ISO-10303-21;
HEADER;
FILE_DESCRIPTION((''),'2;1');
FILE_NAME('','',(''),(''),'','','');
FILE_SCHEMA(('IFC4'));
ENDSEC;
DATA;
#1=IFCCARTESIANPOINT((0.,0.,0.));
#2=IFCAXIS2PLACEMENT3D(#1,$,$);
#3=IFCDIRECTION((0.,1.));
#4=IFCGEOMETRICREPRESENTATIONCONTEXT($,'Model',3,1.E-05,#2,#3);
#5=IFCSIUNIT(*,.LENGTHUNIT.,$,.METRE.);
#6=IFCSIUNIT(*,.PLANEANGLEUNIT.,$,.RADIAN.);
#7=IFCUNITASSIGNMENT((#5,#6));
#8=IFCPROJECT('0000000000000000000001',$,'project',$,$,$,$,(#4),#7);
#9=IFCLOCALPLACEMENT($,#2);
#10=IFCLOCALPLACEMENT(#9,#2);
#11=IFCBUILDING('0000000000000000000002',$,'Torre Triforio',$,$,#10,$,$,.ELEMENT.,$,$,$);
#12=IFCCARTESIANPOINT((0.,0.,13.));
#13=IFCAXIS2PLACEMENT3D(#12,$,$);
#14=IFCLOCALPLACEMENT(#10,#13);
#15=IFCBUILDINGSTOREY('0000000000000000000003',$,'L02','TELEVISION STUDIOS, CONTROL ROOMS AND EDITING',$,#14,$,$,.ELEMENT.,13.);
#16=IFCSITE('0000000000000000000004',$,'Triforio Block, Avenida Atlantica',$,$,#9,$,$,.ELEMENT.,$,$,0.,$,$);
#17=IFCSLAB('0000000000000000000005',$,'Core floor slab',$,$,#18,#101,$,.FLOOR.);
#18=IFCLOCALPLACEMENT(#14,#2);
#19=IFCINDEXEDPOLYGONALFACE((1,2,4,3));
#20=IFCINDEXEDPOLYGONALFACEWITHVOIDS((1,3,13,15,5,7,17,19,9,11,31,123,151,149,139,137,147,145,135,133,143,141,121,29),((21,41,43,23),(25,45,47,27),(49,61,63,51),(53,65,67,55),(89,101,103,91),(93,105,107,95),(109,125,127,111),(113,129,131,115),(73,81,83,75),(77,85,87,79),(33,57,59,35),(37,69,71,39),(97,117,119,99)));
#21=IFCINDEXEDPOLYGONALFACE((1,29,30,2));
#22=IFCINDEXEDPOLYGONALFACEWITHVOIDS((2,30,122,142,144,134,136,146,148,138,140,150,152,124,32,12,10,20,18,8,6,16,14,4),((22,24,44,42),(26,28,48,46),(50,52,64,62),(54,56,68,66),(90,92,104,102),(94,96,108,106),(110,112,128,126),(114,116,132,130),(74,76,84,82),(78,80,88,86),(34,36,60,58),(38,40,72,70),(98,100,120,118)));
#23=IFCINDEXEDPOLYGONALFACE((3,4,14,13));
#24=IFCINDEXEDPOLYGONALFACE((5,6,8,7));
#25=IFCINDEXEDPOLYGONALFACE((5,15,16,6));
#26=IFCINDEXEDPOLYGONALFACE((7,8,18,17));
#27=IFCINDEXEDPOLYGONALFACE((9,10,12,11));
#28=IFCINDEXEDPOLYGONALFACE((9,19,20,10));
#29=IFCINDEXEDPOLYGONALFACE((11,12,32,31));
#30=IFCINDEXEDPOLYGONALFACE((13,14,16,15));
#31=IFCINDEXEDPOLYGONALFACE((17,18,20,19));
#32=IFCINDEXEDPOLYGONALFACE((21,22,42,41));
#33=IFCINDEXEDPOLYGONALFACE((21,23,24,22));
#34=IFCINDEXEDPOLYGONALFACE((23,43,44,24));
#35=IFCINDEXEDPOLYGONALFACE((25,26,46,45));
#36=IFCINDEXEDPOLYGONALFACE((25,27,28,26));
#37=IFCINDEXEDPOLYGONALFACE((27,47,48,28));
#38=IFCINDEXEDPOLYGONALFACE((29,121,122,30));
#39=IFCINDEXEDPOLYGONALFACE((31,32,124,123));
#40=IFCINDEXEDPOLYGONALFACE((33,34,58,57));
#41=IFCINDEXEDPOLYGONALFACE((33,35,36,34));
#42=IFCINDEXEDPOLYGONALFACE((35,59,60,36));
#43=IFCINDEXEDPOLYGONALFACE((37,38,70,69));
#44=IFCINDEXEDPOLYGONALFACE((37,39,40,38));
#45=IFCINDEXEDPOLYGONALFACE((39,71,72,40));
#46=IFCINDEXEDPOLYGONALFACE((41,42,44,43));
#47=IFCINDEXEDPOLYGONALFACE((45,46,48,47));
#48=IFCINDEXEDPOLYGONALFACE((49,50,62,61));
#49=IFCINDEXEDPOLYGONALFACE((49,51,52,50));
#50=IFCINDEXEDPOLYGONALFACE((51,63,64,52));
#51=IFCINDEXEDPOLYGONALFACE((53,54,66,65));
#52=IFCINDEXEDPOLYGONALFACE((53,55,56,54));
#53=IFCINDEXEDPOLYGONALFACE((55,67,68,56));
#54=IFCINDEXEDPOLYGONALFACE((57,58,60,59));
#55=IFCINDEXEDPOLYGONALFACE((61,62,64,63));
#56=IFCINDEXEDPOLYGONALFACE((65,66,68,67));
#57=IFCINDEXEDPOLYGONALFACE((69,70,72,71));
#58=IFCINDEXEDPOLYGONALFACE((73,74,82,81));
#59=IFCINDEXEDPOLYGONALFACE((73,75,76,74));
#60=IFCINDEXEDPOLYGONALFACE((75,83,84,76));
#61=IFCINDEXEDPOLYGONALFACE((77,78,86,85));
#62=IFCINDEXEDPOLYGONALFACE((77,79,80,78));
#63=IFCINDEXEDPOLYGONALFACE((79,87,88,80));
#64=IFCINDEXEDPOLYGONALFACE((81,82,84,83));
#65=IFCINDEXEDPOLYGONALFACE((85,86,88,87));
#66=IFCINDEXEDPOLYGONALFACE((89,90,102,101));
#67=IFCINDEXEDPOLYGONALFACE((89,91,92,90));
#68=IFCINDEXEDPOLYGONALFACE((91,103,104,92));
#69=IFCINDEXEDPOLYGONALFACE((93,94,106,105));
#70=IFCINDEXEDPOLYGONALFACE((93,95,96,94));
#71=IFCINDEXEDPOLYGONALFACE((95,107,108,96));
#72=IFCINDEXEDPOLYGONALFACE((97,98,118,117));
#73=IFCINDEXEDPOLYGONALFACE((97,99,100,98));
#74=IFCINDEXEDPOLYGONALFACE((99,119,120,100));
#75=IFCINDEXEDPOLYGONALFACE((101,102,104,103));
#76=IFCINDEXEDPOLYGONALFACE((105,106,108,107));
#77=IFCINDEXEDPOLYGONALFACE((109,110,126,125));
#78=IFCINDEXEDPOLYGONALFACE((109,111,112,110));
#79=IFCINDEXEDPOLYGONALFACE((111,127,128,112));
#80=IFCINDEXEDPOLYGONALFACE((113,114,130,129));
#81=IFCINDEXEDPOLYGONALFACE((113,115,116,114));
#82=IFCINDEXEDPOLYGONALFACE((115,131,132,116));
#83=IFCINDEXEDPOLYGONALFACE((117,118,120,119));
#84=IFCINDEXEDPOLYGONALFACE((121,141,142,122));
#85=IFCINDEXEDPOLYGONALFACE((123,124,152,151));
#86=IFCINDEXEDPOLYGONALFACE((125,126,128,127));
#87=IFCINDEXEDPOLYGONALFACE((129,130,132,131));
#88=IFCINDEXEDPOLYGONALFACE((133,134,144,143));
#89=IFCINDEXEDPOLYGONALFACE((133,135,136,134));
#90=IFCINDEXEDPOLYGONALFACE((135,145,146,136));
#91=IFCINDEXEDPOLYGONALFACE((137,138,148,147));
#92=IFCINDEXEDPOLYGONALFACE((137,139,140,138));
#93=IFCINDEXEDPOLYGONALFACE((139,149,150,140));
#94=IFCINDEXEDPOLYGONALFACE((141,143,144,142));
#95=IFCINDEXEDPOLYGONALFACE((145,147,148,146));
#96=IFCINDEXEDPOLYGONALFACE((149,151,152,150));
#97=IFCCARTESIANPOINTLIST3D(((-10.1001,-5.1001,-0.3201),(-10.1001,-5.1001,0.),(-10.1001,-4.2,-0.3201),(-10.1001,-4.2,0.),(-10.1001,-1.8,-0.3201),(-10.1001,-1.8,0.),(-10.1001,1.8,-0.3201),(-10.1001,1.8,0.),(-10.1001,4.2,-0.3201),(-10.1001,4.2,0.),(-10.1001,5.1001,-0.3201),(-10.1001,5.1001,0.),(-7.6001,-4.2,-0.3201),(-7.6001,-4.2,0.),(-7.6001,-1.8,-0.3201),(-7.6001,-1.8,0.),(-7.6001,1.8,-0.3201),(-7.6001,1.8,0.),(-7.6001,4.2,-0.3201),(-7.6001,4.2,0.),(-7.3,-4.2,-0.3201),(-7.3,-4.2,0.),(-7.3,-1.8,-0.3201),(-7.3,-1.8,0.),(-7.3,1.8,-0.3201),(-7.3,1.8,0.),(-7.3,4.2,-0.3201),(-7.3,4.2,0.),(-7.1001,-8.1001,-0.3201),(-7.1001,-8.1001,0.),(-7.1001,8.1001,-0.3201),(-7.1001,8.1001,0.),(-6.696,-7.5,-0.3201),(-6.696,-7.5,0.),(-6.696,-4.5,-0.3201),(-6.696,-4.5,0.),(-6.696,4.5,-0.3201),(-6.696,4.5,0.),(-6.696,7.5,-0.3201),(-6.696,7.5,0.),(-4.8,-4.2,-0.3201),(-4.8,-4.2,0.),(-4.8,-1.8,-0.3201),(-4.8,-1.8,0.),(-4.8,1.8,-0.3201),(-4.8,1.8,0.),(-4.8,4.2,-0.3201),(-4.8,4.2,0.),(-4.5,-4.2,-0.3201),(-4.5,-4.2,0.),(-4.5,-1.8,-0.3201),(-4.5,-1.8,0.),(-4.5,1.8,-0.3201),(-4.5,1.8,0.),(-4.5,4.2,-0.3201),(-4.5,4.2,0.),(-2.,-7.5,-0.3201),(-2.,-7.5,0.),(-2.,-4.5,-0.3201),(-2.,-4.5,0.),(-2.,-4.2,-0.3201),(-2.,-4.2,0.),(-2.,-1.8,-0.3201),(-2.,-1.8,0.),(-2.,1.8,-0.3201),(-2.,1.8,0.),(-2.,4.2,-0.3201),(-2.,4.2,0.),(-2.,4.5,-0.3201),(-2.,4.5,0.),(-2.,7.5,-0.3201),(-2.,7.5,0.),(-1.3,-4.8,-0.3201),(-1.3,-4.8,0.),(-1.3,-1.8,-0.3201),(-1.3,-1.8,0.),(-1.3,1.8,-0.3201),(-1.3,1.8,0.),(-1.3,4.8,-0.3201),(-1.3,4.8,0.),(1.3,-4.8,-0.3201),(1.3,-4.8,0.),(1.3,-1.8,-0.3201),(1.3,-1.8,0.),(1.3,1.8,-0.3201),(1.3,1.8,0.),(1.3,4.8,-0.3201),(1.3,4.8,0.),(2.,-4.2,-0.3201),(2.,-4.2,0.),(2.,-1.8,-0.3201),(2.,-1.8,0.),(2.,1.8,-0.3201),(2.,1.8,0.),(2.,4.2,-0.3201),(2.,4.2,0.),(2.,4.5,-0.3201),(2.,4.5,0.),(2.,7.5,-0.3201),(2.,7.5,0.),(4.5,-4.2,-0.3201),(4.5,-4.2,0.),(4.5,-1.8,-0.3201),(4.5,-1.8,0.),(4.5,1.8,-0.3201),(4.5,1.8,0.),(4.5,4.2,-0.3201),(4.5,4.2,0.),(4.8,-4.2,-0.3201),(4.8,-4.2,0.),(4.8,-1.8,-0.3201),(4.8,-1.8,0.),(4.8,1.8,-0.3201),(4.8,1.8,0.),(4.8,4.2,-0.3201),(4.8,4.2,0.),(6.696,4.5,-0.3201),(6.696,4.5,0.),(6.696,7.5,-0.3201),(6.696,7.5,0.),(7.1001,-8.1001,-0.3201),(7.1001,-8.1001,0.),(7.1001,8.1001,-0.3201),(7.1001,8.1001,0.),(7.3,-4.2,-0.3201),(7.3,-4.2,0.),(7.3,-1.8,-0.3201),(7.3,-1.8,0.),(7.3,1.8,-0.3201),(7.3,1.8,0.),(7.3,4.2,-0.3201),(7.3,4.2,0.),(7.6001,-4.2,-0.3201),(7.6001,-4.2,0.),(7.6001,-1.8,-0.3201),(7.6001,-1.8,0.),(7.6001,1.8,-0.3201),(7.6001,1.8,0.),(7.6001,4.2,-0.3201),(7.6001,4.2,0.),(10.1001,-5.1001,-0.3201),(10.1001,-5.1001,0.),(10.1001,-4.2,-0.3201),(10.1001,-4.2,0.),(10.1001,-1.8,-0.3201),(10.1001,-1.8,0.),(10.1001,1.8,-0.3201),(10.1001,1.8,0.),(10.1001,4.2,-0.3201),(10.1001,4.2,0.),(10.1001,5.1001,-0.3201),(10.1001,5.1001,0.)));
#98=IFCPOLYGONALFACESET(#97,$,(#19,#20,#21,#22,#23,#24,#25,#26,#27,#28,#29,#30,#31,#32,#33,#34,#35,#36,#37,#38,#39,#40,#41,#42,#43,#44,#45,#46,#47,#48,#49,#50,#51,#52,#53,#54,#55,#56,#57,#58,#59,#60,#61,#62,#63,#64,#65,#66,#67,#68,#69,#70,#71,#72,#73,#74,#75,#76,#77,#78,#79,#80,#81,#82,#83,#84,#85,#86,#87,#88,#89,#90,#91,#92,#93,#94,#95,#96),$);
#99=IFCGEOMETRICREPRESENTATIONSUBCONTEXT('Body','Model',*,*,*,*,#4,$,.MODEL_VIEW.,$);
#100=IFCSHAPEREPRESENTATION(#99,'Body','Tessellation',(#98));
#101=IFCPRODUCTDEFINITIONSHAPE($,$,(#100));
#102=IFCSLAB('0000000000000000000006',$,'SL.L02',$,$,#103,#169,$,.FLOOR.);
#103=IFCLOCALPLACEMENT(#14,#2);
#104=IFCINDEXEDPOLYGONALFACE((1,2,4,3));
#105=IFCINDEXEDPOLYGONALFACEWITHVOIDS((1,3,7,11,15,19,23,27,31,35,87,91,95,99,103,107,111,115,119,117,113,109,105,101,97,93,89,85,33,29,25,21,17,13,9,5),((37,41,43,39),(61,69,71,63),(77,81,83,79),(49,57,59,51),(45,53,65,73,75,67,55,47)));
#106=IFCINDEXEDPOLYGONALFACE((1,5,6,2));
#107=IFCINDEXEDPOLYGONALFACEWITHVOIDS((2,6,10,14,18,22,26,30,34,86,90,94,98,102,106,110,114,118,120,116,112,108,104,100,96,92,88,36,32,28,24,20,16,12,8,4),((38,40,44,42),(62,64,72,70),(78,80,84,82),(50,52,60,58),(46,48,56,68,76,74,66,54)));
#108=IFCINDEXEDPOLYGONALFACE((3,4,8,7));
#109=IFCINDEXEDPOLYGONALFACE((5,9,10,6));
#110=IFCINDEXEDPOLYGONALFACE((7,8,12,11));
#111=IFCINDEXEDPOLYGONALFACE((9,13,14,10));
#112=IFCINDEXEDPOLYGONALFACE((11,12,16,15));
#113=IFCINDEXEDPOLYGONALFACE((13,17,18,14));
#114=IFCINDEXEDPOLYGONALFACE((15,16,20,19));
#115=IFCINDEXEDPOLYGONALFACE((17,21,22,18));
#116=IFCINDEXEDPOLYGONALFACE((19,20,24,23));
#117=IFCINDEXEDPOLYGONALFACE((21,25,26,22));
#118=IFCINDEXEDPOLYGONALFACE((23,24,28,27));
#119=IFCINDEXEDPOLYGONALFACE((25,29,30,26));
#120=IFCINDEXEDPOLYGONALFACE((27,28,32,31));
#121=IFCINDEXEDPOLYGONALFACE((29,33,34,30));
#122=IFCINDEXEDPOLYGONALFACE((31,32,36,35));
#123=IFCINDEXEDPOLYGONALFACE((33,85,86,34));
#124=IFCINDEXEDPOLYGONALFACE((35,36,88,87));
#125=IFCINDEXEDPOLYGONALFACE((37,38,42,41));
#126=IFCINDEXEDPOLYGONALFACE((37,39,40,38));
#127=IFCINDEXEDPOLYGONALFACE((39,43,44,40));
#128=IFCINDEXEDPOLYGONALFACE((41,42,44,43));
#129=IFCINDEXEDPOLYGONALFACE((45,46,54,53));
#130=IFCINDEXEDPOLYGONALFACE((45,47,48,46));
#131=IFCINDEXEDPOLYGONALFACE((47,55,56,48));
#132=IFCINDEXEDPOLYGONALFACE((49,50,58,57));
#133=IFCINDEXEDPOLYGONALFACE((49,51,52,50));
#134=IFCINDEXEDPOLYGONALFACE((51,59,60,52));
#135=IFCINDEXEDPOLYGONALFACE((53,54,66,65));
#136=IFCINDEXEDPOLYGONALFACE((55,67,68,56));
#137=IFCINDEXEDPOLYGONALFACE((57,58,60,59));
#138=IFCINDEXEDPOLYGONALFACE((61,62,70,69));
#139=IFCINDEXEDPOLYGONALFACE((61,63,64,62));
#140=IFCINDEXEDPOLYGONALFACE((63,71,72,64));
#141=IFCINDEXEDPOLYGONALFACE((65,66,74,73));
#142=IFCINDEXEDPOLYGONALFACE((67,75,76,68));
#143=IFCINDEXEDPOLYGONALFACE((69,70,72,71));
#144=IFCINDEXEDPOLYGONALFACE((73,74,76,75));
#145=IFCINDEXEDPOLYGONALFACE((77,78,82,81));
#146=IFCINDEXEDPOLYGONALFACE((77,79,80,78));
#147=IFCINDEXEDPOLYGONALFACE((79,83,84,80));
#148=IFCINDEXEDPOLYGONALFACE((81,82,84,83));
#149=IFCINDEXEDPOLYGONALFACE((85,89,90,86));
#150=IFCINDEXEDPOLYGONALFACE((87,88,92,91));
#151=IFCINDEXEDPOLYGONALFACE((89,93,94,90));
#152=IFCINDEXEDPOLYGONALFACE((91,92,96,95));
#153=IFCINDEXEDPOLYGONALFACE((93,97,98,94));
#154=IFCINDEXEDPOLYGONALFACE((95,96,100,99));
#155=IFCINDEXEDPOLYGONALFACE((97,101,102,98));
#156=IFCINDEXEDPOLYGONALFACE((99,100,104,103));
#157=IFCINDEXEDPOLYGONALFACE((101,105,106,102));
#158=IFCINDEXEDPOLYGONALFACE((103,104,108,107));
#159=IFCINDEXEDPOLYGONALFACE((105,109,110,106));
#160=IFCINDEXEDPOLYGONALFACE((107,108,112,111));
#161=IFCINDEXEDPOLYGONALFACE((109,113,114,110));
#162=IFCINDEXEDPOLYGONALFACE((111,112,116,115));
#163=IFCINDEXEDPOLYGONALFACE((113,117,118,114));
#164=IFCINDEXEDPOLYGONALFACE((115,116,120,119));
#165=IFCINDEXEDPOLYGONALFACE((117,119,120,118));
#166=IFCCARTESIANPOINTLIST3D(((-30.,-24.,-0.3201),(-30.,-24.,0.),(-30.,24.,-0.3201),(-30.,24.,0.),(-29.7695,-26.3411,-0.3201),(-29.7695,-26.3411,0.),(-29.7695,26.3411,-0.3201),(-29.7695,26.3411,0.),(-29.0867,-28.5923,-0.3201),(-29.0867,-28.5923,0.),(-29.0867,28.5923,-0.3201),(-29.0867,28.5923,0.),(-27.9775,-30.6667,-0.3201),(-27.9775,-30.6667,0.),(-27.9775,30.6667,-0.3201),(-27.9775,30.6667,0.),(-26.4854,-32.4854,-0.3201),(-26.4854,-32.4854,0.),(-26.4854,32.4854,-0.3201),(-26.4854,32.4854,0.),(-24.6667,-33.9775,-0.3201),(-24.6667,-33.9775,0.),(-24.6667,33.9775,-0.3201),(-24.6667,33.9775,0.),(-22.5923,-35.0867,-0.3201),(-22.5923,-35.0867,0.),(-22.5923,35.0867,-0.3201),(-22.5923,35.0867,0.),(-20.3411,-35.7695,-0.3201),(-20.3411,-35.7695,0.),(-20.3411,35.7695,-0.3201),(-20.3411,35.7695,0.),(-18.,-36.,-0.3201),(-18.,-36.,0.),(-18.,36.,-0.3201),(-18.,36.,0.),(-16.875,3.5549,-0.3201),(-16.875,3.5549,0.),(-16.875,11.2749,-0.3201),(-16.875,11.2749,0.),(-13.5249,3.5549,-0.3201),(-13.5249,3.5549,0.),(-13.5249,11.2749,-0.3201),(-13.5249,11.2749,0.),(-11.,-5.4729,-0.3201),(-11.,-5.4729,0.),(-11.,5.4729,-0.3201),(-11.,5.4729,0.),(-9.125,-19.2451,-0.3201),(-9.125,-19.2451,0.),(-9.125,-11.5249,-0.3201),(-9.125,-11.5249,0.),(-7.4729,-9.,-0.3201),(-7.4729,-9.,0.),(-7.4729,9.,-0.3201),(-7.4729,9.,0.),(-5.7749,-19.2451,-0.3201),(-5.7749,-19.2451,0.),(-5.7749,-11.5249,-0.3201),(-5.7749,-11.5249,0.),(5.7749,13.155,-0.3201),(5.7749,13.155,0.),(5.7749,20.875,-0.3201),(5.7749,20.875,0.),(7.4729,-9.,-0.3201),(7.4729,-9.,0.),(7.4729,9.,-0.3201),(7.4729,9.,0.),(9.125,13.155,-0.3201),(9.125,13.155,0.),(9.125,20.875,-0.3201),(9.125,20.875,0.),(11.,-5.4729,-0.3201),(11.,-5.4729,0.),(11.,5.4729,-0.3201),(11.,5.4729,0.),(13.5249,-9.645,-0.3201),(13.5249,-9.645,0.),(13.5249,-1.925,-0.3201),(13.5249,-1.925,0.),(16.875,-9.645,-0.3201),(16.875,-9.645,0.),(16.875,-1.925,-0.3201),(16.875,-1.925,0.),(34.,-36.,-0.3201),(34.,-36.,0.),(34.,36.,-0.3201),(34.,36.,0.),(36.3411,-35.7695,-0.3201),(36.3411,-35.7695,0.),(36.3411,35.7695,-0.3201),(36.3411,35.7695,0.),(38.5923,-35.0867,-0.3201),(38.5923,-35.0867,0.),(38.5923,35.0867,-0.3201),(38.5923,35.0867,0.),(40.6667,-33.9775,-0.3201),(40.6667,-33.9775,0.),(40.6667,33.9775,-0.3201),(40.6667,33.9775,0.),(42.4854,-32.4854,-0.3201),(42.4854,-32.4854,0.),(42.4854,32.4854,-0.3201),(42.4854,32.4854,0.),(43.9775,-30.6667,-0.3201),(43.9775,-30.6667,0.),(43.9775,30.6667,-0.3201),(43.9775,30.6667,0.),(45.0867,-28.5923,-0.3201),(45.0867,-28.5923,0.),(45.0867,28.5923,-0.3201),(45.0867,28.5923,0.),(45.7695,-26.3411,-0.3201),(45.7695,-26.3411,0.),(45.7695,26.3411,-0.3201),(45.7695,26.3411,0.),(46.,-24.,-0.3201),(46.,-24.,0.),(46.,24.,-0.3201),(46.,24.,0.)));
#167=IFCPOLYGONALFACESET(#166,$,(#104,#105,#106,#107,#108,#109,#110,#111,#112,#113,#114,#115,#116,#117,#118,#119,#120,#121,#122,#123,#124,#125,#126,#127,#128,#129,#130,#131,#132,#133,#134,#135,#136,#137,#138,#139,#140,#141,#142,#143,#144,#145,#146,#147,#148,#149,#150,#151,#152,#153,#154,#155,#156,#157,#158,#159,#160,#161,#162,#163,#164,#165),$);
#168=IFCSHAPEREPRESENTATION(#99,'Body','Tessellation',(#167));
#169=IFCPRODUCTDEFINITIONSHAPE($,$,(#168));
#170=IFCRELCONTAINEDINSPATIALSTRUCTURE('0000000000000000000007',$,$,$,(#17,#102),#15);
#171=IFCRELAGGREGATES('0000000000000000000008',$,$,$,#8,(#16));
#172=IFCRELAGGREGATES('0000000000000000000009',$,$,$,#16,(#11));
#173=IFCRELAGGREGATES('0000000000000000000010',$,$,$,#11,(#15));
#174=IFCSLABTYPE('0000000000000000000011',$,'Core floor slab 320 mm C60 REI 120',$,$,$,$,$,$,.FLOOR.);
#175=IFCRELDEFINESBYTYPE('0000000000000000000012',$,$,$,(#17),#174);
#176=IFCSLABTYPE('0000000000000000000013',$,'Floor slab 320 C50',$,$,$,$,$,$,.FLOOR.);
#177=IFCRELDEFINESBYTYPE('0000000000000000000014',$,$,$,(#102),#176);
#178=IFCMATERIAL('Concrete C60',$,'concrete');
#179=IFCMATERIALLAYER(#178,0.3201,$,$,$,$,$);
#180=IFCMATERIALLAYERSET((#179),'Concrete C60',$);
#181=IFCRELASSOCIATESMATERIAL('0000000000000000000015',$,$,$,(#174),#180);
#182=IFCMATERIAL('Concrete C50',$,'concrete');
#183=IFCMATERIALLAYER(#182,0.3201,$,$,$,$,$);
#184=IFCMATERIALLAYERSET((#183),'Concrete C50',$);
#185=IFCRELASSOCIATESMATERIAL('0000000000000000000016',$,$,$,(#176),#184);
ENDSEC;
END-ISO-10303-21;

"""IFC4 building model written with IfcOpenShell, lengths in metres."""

from ifc_helpers import new_model, si_unit, direction, frame, origin, place, context, subcontext, project, spatial, polyline, outline, extrude, material, layer, layer_set, type_object, element, save


model = new_model("IFC4")

# Units and contexts
model_context = context("Model", 3, precision=1e-05, world=origin(), true_north=direction((0.0, 1.0)))
body_context = subcontext(model_context, "Body", "Model", "MODEL_VIEW")
ifc_project = project(units=[si_unit("LENGTHUNIT", "METRE"), si_unit("PLANEANGLEUNIT", "RADIAN")], contexts=[model_context])

# Site, building, storey
site_placement = place(None, origin())
site = spatial("IfcSite", under=ifc_project, at=site_placement, Name="Triforio Block, Avenida Atlantica", CompositionType="ELEMENT", RefElevation=0.0)
building_placement = place(site_placement, origin())
building = spatial("IfcBuilding", under=site, at=building_placement, Name="Torre Triforio", CompositionType="ELEMENT")
storey_placement = place(building_placement, frame((0.0, 0.0, 13.0)))
storey = spatial("IfcBuildingStorey", under=building, at=storey_placement, Name="L02", Description="TELEVISION STUDIOS, CONTROL ROOMS AND EDITING", CompositionType="ELEMENT", Elevation=13.0)

# Slabs
ifc_material_1 = material(Name="Concrete C60", Category="concrete")
ifc_layer_1 = layer(ifc_material_1, 0.3201)
ifc_layer_set_1 = layer_set([ifc_layer_1], Name="Concrete C60")
slab_type_1 = type_object("IfcSlabType", Name="Core floor slab 320 mm C60 REI 120", PredefinedType="FLOOR", material=ifc_layer_set_1)
slab_1_placement = place(storey_placement, frame((0.0, 0.0, -0.3201)))
element("IfcSlab", 1, at=slab_1_placement, inside=storey, type_object=slab_type_1, Name="Core floor slab", PredefinedType="FLOOR", context=body_context, shape_type="SweptSolid", body=[
    extrude(outline(polyline([(10.1001, -5.1001), (7.1001, -8.1001), (-7.1001, -8.1001), (-10.1001, -5.1001), (-10.1001, -4.2), (-7.6001, -4.2), (-7.6001, -1.8), (-10.1001, -1.8), (-10.1001, 1.8), (-7.6001, 1.8), (-7.6001, 4.2), (-10.1001, 4.2), (-10.1001, 5.1001), (-7.1001, 8.1001), (7.1001, 8.1001), (10.1001, 5.1001), (10.1001, 4.2), (7.6001, 4.2), (7.6001, 1.8), (10.1001, 1.8), (10.1001, -1.8), (7.6001, -1.8), (7.6001, -4.2), (10.1001, -4.2), (10.1001, -5.1001)]), holes=[polyline([(-2.0, -4.5), (-6.696, -4.5), (-6.696, -7.5), (-2.0, -7.5), (-2.0, -4.5)]), polyline([(-4.8, -1.8), (-7.3, -1.8), (-7.3, -4.2), (-4.8, -4.2), (-4.8, -1.8)]), polyline([(-2.0, -1.8), (-4.5, -1.8), (-4.5, -4.2), (-2.0, -4.2), (-2.0, -1.8)]), polyline([(-4.8, 4.2), (-7.3, 4.2), (-7.3, 1.8), (-4.8, 1.8), (-4.8, 4.2)]), polyline([(-2.0, 4.2), (-4.5, 4.2), (-4.5, 1.8), (-2.0, 1.8), (-2.0, 4.2)]), polyline([(1.3, 4.8), (-1.3, 4.8), (-1.3, 1.8), (1.3, 1.8), (1.3, 4.8)]), polyline([(-2.0, 7.5), (-6.696, 7.5), (-6.696, 4.5), (-2.0, 4.5), (-2.0, 7.5)]), polyline([(1.3, -1.8), (-1.3, -1.8), (-1.3, -4.8), (1.3, -4.8), (1.3, -1.8)]), polyline([(4.5, -1.8), (2.0, -1.8), (2.0, -4.2), (4.5, -4.2), (4.5, -1.8)]), polyline([(7.3, -1.8), (4.8, -1.8), (4.8, -4.2), (7.3, -4.2), (7.3, -1.8)]), polyline([(4.5, 4.2), (2.0, 4.2), (2.0, 1.8), (4.5, 1.8), (4.5, 4.2)]), polyline([(7.3, 4.2), (4.8, 4.2), (4.8, 1.8), (7.3, 1.8), (7.3, 4.2)]), polyline([(6.696, 4.5), (6.696, 7.5), (2.0, 7.5), (2.0, 4.5), (6.696, 4.5)])]), origin(), (0.0, 0.0, 1.0), 0.3201),
])
ifc_material_2 = material(Name="Concrete C50", Category="concrete")
ifc_layer_2 = layer(ifc_material_2, 0.3201)
ifc_layer_set_2 = layer_set([ifc_layer_2], Name="Concrete C50")
slab_type_2 = type_object("IfcSlabType", Name="Floor slab 320 C50", PredefinedType="FLOOR", material=ifc_layer_set_2)
slab_2_placement = place(storey_placement, frame((0.0, 0.0, -0.3201)))
element("IfcSlab", 2, at=slab_2_placement, inside=storey, type_object=slab_type_2, Name="SL.L02", PredefinedType="FLOOR", context=body_context, shape_type="SweptSolid", body=[
    extrude(outline(polyline([(-20.3411, -35.7695), (-18.0, -36.0), (34.0, -36.0), (36.3411, -35.7695), (38.5923, -35.0867), (40.6667, -33.9775), (42.4854, -32.4854), (43.9775, -30.6667), (45.0867, -28.5923), (45.7695, -26.3411), (46.0, -24.0), (46.0, 24.0), (45.7695, 26.3411), (45.0867, 28.5923), (43.9775, 30.6667), (42.4854, 32.4854), (40.6667, 33.9775), (38.5923, 35.0867), (36.3411, 35.7695), (34.0, 36.0), (-18.0, 36.0), (-20.3411, 35.7695), (-22.5923, 35.0867), (-24.6667, 33.9775), (-26.4854, 32.4854), (-27.9775, 30.6667), (-29.0867, 28.5923), (-29.7695, 26.3411), (-30.0, 24.0), (-30.0, -24.0), (-29.7695, -26.3411), (-29.0867, -28.5923), (-27.9775, -30.6667), (-26.4854, -32.4854), (-24.6667, -33.9775), (-22.5923, -35.0867), (-20.3411, -35.7695)]), holes=[polyline([(7.4729, 9.0), (11.0, 5.4729), (11.0, -5.4729), (7.4729, -9.0), (-7.4729, -9.0), (-11.0, -5.4729), (-11.0, 5.4729), (-7.4729, 9.0), (7.4729, 9.0)]), polyline([(-9.125, -11.5249), (-5.7749, -11.5249), (-5.7749, -19.2451), (-9.125, -19.2451), (-9.125, -11.5249)]), polyline([(13.5249, -1.925), (16.875, -1.925), (16.875, -9.645), (13.5249, -9.645), (13.5249, -1.925)]), polyline([(-16.875, 11.2749), (-13.5249, 11.2749), (-13.5249, 3.5549), (-16.875, 3.5549), (-16.875, 11.2749)]), polyline([(5.7749, 20.875), (9.125, 20.875), (9.125, 13.155), (5.7749, 13.155), (5.7749, 20.875)])]), origin(), (0.0, 0.0, 1.0), 0.3201),
])

save(model, "model.ifc")
